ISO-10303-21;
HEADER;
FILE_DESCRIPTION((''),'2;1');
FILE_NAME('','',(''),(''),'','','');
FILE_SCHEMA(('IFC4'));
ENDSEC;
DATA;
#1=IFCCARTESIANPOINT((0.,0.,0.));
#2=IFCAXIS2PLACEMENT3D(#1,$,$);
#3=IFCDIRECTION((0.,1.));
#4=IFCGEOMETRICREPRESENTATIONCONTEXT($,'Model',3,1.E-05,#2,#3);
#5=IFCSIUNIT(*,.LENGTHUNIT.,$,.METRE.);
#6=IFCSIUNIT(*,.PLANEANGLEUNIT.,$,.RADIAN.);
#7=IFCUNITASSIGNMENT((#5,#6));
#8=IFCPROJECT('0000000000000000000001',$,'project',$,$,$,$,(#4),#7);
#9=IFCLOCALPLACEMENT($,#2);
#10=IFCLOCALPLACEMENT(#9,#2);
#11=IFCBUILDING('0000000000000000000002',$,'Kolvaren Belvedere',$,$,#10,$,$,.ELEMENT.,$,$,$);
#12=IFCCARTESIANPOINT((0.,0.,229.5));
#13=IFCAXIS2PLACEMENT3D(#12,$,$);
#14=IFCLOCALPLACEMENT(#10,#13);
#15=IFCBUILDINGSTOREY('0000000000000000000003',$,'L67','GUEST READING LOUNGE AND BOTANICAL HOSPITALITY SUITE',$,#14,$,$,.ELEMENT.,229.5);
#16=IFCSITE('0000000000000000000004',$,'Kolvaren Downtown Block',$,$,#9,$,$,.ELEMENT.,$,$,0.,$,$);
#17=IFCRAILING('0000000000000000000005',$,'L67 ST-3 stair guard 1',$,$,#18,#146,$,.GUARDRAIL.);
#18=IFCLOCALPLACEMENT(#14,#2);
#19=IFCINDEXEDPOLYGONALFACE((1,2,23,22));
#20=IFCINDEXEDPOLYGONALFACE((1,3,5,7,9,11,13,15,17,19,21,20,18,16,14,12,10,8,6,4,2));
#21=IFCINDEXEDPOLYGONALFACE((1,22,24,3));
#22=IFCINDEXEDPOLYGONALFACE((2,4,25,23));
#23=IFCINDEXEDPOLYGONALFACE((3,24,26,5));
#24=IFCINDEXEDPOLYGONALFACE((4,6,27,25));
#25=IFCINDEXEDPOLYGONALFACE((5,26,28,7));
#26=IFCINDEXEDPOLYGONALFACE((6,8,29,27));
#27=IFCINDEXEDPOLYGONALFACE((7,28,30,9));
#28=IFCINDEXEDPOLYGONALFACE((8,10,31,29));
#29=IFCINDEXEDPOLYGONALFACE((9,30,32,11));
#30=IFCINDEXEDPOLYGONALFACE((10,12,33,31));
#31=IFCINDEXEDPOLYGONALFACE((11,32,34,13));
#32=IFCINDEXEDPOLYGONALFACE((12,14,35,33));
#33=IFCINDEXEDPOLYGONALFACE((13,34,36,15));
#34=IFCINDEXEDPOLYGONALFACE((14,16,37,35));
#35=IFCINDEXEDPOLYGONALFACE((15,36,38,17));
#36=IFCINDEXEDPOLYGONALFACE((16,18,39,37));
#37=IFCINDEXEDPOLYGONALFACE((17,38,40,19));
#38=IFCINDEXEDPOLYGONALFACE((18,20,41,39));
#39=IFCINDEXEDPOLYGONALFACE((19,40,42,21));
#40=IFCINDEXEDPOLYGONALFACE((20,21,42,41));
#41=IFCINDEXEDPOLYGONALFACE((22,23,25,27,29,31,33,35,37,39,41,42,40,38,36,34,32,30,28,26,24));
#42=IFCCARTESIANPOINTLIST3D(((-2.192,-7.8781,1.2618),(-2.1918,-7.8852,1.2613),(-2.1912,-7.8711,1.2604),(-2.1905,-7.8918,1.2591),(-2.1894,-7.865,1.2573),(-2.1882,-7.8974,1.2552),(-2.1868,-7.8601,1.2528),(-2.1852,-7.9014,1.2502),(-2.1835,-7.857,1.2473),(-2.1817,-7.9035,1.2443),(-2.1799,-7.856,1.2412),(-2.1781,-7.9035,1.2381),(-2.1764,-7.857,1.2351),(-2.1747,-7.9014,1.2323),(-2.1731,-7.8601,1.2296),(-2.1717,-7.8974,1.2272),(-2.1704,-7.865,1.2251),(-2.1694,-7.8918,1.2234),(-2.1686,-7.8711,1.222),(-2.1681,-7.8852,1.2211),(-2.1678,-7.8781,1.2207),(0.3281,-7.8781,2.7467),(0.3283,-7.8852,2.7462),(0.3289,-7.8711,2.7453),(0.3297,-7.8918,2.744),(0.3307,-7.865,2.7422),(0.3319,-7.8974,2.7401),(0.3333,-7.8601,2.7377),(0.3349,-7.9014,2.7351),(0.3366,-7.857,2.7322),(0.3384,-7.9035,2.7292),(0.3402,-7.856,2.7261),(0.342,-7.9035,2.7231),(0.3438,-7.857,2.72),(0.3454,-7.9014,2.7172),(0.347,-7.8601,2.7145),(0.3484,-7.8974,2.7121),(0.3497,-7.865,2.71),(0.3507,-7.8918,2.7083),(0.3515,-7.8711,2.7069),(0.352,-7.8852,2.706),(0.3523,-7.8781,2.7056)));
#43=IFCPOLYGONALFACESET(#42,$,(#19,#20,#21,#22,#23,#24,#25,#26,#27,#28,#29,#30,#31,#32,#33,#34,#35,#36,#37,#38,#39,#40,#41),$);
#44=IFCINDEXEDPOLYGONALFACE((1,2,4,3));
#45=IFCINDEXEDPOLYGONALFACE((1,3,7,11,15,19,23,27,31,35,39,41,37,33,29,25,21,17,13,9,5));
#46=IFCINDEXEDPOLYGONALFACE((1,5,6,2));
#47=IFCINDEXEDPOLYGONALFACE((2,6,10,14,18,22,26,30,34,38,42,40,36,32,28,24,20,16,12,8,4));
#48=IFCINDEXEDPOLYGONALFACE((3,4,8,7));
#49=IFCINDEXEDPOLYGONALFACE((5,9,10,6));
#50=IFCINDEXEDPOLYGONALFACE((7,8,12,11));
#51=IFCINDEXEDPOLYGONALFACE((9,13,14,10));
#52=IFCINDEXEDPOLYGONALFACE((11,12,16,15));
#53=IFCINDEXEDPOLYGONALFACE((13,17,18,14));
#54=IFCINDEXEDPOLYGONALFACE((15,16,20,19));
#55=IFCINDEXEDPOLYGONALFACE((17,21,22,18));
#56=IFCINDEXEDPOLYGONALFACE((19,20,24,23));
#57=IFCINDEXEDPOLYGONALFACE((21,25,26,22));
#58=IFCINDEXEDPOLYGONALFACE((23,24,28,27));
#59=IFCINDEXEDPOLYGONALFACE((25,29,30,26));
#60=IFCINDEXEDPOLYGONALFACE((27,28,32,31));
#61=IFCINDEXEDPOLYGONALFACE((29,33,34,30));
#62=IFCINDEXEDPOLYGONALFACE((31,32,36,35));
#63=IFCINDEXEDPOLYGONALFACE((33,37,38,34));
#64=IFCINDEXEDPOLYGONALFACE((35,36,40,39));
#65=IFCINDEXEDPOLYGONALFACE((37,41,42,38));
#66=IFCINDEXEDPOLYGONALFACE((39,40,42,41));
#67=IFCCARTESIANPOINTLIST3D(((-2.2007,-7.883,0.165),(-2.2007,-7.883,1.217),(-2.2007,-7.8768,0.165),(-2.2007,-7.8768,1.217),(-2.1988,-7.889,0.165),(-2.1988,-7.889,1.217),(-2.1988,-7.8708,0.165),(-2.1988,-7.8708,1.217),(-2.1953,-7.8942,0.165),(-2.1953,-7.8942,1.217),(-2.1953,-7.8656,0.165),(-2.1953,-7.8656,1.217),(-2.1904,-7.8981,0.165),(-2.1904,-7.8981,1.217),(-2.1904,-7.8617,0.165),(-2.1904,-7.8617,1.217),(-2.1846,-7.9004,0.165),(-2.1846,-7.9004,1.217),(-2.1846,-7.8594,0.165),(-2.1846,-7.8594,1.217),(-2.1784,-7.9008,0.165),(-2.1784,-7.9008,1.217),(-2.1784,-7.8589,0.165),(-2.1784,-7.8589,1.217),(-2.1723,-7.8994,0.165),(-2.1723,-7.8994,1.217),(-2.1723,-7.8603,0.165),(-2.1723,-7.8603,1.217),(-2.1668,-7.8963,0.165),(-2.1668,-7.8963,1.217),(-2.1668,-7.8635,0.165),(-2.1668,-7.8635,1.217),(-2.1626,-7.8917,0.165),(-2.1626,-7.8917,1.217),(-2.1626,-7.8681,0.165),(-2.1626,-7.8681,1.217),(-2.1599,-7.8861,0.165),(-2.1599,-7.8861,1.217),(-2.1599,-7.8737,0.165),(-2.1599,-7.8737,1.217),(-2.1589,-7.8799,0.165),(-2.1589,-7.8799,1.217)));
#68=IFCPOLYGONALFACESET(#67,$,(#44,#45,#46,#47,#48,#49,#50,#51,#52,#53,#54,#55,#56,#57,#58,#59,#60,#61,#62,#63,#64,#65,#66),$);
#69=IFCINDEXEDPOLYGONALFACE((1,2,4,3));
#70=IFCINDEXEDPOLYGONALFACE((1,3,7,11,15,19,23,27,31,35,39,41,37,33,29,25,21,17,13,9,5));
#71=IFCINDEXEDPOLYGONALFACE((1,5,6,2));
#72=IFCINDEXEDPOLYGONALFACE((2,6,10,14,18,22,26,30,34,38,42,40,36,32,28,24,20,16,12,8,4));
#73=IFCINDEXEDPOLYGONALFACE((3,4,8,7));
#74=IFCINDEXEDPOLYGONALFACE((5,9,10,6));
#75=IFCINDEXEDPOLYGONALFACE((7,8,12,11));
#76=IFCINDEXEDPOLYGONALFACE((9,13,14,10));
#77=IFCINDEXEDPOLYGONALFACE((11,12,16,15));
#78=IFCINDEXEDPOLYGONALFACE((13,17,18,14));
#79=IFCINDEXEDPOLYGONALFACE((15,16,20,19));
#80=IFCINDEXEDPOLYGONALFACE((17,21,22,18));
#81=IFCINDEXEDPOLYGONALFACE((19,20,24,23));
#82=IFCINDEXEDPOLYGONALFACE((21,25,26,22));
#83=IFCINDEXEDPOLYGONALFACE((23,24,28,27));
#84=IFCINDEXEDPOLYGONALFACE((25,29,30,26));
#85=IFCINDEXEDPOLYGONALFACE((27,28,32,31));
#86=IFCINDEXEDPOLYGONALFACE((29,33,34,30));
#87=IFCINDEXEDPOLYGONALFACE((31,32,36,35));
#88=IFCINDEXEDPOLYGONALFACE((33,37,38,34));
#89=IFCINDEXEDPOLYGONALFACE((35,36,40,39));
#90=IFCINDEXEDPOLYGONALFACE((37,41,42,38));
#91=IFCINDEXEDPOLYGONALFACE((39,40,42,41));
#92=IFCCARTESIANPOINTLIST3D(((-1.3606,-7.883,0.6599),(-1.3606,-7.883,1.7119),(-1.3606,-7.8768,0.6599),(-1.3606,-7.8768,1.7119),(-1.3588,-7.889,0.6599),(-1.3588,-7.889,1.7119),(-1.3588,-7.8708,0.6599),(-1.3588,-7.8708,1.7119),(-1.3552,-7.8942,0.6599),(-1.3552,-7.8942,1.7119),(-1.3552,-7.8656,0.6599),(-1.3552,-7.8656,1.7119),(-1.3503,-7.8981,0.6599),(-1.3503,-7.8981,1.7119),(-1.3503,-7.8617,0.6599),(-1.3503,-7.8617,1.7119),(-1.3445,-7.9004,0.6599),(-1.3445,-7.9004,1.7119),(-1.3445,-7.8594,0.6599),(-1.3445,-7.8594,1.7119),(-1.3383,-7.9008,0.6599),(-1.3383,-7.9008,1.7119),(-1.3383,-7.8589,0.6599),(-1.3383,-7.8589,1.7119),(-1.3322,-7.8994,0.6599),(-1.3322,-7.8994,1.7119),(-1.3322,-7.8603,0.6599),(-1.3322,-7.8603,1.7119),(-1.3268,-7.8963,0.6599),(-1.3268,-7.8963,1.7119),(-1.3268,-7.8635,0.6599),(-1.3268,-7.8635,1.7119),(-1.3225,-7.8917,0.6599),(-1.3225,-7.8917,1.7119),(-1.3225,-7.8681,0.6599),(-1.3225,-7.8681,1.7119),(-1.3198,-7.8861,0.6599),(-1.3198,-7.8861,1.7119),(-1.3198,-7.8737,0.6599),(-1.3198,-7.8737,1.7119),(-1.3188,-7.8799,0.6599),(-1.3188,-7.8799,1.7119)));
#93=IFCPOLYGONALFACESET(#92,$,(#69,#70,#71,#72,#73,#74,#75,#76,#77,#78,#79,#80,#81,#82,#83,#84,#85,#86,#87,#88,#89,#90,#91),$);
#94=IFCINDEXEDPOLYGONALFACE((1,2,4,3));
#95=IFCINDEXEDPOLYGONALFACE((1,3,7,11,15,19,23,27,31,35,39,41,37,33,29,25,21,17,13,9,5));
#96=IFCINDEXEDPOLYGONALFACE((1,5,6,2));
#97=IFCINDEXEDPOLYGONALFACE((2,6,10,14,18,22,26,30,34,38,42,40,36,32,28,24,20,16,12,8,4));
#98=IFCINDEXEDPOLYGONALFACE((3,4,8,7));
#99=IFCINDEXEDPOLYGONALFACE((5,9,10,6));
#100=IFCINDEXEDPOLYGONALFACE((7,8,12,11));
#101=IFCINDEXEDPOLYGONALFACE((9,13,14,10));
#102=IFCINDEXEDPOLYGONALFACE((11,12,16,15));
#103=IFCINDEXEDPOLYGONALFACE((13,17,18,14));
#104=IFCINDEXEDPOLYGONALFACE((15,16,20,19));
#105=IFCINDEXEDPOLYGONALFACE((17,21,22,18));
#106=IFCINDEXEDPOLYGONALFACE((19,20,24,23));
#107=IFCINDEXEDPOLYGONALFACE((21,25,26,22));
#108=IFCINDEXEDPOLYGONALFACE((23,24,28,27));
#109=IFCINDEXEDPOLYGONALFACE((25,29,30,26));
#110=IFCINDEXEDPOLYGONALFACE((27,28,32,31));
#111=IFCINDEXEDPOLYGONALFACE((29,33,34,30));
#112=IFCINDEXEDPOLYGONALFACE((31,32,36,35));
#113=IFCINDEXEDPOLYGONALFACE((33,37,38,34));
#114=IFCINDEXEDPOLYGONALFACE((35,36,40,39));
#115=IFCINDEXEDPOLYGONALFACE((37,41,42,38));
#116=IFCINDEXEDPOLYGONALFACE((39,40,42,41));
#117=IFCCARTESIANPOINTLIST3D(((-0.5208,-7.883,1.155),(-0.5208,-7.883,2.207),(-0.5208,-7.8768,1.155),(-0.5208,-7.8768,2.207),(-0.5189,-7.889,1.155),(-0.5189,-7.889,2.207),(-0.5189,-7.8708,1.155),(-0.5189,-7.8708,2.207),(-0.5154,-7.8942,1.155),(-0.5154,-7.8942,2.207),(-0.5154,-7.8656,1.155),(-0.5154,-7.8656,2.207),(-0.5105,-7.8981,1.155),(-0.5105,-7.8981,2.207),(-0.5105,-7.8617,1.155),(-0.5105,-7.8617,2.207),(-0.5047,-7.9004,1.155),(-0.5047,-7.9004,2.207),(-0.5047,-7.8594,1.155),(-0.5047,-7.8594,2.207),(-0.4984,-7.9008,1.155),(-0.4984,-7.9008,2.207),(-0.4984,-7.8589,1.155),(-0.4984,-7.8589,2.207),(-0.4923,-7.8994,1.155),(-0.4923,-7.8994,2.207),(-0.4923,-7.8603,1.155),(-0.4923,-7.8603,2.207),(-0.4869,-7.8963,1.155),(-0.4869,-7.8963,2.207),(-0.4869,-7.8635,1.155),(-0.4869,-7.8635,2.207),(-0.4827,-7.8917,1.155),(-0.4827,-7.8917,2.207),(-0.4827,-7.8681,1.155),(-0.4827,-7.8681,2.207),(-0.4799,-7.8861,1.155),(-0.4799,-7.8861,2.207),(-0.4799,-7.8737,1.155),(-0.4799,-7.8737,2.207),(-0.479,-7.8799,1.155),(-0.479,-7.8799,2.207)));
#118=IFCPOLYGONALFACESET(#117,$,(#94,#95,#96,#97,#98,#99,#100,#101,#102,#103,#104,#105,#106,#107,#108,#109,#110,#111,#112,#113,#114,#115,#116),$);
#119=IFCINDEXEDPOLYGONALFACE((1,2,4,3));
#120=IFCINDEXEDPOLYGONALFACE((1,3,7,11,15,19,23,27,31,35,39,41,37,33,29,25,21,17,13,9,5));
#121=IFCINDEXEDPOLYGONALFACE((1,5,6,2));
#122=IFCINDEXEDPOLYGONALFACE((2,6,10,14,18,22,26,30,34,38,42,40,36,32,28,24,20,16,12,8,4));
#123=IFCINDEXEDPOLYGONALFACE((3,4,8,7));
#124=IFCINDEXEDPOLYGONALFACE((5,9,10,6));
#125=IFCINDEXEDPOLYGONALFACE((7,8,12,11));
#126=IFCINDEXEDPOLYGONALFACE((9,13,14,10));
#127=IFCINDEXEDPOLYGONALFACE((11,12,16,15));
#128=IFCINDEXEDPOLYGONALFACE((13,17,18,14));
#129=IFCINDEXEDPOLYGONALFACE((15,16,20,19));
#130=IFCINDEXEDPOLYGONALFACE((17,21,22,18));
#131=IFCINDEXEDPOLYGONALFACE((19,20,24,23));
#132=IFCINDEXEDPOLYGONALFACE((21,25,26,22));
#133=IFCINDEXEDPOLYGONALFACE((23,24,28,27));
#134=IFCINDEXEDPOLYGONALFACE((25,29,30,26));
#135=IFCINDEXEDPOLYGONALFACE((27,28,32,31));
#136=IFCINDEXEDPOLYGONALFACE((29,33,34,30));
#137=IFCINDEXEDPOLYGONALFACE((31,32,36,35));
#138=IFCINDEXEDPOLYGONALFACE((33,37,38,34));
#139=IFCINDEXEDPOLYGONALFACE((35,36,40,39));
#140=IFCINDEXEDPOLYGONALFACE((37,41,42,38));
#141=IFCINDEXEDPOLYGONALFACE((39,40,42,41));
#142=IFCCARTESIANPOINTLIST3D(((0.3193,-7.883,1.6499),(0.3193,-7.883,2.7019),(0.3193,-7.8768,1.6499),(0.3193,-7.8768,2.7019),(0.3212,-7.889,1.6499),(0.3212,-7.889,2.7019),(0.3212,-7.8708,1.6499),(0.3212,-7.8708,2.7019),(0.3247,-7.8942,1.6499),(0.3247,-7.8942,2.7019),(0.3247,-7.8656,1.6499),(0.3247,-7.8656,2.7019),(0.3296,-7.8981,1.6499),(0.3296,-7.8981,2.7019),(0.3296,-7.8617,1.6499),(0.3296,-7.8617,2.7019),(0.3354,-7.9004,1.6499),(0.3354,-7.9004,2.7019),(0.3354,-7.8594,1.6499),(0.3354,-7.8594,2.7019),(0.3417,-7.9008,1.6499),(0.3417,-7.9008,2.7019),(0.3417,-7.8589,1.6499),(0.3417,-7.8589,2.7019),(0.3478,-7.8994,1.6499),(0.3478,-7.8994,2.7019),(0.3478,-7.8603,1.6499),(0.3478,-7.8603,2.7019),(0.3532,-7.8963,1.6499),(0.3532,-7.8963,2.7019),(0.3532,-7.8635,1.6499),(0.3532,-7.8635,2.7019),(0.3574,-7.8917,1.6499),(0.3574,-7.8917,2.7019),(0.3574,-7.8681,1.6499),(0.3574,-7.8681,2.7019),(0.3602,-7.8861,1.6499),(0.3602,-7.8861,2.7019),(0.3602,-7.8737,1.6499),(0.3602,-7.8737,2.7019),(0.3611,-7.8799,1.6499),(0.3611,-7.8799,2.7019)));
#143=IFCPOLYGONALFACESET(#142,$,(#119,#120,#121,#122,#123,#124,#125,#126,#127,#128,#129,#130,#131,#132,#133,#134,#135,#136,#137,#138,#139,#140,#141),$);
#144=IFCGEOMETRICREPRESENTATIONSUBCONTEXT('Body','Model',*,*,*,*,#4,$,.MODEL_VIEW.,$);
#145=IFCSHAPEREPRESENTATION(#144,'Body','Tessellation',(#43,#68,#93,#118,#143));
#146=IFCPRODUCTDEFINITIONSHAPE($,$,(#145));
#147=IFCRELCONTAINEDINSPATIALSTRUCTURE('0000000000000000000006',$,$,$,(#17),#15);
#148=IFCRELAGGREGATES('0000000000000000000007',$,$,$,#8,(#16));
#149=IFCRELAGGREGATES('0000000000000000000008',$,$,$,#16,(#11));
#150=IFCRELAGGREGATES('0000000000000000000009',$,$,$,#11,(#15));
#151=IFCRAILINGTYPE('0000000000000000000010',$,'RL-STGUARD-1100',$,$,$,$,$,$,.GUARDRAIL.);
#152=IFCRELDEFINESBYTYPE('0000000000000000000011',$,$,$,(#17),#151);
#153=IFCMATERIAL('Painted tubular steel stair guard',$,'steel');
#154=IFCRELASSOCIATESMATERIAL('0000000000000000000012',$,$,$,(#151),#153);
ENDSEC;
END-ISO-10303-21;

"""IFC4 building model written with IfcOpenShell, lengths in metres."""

from ifc_helpers import new_model, si_unit, direction, frame, origin, origin_2d, place, context, subcontext, project, spatial, circle, extrude, material, type_object, element, save


model = new_model("IFC4")

# Units and contexts
model_context = context("Model", 3, precision=1e-05, world=origin(), true_north=direction((0.0, 1.0)))
body_context = subcontext(model_context, "Body", "Model", "MODEL_VIEW")
ifc_project = project(units=[si_unit("LENGTHUNIT", "METRE"), si_unit("PLANEANGLEUNIT", "RADIAN")], contexts=[model_context])

# Site, building, storey
site_placement = place(None, origin())
site = spatial("IfcSite", under=ifc_project, at=site_placement, Name="Kolvaren Downtown Block", CompositionType="ELEMENT", RefElevation=0.0)
building_placement = place(site_placement, origin())
building = spatial("IfcBuilding", under=site, at=building_placement, Name="Kolvaren Belvedere", CompositionType="ELEMENT")
storey_placement = place(building_placement, frame((0.0, 0.0, 229.5)))
storey = spatial("IfcBuildingStorey", under=building, at=storey_placement, Name="L67", Description="GUEST READING LOUNGE AND BOTANICAL HOSPITALITY SUITE", CompositionType="ELEMENT", Elevation=229.5)

# Railing
ifc_material_1 = material(Name="Painted tubular steel stair guard", Category="steel")
railing_type_1 = type_object("IfcRailingType", Name="RL-STGUARD-1100", PredefinedType="GUARDRAIL", material=ifc_material_1)
railing_1_placement = place(storey_placement, frame((-2.1799, -7.8799, 0.165)))
element("IfcRailing", 1, at=railing_1_placement, inside=storey, type_object=railing_type_1, Name="L67 ST-3 stair guard 1", PredefinedType="GUARDRAIL", context=body_context, shape_type="SweptSolid", body=[
    extrude(circle(Radius=0.0239, at=origin_2d()), frame((0.0, 0.0, 1.0762), z_axis=(0.861561, 0.0, 0.507655), x_axis=(0.0, 1.0, 0.0)), (0.0, 0.0, 1.0), 2.925),
    extrude(circle(Radius=0.021, at=origin_2d()), origin(), (0.0, 0.0, 1.0), 1.052),
    extrude(circle(Radius=0.021, at=origin_2d()), frame((0.8401, 0.0, 0.4949)), (0.0, 0.0, 1.0), 1.052),
    extrude(circle(Radius=0.021, at=origin_2d()), frame((1.6799, 0.0, 0.99)), (0.0, 0.0, 1.0), 1.052),
    extrude(circle(Radius=0.021, at=origin_2d()), frame((2.52, 0.0, 1.4849)), (0.0, 0.0, 1.0), 1.052),
])

save(model, "model.ifc")
